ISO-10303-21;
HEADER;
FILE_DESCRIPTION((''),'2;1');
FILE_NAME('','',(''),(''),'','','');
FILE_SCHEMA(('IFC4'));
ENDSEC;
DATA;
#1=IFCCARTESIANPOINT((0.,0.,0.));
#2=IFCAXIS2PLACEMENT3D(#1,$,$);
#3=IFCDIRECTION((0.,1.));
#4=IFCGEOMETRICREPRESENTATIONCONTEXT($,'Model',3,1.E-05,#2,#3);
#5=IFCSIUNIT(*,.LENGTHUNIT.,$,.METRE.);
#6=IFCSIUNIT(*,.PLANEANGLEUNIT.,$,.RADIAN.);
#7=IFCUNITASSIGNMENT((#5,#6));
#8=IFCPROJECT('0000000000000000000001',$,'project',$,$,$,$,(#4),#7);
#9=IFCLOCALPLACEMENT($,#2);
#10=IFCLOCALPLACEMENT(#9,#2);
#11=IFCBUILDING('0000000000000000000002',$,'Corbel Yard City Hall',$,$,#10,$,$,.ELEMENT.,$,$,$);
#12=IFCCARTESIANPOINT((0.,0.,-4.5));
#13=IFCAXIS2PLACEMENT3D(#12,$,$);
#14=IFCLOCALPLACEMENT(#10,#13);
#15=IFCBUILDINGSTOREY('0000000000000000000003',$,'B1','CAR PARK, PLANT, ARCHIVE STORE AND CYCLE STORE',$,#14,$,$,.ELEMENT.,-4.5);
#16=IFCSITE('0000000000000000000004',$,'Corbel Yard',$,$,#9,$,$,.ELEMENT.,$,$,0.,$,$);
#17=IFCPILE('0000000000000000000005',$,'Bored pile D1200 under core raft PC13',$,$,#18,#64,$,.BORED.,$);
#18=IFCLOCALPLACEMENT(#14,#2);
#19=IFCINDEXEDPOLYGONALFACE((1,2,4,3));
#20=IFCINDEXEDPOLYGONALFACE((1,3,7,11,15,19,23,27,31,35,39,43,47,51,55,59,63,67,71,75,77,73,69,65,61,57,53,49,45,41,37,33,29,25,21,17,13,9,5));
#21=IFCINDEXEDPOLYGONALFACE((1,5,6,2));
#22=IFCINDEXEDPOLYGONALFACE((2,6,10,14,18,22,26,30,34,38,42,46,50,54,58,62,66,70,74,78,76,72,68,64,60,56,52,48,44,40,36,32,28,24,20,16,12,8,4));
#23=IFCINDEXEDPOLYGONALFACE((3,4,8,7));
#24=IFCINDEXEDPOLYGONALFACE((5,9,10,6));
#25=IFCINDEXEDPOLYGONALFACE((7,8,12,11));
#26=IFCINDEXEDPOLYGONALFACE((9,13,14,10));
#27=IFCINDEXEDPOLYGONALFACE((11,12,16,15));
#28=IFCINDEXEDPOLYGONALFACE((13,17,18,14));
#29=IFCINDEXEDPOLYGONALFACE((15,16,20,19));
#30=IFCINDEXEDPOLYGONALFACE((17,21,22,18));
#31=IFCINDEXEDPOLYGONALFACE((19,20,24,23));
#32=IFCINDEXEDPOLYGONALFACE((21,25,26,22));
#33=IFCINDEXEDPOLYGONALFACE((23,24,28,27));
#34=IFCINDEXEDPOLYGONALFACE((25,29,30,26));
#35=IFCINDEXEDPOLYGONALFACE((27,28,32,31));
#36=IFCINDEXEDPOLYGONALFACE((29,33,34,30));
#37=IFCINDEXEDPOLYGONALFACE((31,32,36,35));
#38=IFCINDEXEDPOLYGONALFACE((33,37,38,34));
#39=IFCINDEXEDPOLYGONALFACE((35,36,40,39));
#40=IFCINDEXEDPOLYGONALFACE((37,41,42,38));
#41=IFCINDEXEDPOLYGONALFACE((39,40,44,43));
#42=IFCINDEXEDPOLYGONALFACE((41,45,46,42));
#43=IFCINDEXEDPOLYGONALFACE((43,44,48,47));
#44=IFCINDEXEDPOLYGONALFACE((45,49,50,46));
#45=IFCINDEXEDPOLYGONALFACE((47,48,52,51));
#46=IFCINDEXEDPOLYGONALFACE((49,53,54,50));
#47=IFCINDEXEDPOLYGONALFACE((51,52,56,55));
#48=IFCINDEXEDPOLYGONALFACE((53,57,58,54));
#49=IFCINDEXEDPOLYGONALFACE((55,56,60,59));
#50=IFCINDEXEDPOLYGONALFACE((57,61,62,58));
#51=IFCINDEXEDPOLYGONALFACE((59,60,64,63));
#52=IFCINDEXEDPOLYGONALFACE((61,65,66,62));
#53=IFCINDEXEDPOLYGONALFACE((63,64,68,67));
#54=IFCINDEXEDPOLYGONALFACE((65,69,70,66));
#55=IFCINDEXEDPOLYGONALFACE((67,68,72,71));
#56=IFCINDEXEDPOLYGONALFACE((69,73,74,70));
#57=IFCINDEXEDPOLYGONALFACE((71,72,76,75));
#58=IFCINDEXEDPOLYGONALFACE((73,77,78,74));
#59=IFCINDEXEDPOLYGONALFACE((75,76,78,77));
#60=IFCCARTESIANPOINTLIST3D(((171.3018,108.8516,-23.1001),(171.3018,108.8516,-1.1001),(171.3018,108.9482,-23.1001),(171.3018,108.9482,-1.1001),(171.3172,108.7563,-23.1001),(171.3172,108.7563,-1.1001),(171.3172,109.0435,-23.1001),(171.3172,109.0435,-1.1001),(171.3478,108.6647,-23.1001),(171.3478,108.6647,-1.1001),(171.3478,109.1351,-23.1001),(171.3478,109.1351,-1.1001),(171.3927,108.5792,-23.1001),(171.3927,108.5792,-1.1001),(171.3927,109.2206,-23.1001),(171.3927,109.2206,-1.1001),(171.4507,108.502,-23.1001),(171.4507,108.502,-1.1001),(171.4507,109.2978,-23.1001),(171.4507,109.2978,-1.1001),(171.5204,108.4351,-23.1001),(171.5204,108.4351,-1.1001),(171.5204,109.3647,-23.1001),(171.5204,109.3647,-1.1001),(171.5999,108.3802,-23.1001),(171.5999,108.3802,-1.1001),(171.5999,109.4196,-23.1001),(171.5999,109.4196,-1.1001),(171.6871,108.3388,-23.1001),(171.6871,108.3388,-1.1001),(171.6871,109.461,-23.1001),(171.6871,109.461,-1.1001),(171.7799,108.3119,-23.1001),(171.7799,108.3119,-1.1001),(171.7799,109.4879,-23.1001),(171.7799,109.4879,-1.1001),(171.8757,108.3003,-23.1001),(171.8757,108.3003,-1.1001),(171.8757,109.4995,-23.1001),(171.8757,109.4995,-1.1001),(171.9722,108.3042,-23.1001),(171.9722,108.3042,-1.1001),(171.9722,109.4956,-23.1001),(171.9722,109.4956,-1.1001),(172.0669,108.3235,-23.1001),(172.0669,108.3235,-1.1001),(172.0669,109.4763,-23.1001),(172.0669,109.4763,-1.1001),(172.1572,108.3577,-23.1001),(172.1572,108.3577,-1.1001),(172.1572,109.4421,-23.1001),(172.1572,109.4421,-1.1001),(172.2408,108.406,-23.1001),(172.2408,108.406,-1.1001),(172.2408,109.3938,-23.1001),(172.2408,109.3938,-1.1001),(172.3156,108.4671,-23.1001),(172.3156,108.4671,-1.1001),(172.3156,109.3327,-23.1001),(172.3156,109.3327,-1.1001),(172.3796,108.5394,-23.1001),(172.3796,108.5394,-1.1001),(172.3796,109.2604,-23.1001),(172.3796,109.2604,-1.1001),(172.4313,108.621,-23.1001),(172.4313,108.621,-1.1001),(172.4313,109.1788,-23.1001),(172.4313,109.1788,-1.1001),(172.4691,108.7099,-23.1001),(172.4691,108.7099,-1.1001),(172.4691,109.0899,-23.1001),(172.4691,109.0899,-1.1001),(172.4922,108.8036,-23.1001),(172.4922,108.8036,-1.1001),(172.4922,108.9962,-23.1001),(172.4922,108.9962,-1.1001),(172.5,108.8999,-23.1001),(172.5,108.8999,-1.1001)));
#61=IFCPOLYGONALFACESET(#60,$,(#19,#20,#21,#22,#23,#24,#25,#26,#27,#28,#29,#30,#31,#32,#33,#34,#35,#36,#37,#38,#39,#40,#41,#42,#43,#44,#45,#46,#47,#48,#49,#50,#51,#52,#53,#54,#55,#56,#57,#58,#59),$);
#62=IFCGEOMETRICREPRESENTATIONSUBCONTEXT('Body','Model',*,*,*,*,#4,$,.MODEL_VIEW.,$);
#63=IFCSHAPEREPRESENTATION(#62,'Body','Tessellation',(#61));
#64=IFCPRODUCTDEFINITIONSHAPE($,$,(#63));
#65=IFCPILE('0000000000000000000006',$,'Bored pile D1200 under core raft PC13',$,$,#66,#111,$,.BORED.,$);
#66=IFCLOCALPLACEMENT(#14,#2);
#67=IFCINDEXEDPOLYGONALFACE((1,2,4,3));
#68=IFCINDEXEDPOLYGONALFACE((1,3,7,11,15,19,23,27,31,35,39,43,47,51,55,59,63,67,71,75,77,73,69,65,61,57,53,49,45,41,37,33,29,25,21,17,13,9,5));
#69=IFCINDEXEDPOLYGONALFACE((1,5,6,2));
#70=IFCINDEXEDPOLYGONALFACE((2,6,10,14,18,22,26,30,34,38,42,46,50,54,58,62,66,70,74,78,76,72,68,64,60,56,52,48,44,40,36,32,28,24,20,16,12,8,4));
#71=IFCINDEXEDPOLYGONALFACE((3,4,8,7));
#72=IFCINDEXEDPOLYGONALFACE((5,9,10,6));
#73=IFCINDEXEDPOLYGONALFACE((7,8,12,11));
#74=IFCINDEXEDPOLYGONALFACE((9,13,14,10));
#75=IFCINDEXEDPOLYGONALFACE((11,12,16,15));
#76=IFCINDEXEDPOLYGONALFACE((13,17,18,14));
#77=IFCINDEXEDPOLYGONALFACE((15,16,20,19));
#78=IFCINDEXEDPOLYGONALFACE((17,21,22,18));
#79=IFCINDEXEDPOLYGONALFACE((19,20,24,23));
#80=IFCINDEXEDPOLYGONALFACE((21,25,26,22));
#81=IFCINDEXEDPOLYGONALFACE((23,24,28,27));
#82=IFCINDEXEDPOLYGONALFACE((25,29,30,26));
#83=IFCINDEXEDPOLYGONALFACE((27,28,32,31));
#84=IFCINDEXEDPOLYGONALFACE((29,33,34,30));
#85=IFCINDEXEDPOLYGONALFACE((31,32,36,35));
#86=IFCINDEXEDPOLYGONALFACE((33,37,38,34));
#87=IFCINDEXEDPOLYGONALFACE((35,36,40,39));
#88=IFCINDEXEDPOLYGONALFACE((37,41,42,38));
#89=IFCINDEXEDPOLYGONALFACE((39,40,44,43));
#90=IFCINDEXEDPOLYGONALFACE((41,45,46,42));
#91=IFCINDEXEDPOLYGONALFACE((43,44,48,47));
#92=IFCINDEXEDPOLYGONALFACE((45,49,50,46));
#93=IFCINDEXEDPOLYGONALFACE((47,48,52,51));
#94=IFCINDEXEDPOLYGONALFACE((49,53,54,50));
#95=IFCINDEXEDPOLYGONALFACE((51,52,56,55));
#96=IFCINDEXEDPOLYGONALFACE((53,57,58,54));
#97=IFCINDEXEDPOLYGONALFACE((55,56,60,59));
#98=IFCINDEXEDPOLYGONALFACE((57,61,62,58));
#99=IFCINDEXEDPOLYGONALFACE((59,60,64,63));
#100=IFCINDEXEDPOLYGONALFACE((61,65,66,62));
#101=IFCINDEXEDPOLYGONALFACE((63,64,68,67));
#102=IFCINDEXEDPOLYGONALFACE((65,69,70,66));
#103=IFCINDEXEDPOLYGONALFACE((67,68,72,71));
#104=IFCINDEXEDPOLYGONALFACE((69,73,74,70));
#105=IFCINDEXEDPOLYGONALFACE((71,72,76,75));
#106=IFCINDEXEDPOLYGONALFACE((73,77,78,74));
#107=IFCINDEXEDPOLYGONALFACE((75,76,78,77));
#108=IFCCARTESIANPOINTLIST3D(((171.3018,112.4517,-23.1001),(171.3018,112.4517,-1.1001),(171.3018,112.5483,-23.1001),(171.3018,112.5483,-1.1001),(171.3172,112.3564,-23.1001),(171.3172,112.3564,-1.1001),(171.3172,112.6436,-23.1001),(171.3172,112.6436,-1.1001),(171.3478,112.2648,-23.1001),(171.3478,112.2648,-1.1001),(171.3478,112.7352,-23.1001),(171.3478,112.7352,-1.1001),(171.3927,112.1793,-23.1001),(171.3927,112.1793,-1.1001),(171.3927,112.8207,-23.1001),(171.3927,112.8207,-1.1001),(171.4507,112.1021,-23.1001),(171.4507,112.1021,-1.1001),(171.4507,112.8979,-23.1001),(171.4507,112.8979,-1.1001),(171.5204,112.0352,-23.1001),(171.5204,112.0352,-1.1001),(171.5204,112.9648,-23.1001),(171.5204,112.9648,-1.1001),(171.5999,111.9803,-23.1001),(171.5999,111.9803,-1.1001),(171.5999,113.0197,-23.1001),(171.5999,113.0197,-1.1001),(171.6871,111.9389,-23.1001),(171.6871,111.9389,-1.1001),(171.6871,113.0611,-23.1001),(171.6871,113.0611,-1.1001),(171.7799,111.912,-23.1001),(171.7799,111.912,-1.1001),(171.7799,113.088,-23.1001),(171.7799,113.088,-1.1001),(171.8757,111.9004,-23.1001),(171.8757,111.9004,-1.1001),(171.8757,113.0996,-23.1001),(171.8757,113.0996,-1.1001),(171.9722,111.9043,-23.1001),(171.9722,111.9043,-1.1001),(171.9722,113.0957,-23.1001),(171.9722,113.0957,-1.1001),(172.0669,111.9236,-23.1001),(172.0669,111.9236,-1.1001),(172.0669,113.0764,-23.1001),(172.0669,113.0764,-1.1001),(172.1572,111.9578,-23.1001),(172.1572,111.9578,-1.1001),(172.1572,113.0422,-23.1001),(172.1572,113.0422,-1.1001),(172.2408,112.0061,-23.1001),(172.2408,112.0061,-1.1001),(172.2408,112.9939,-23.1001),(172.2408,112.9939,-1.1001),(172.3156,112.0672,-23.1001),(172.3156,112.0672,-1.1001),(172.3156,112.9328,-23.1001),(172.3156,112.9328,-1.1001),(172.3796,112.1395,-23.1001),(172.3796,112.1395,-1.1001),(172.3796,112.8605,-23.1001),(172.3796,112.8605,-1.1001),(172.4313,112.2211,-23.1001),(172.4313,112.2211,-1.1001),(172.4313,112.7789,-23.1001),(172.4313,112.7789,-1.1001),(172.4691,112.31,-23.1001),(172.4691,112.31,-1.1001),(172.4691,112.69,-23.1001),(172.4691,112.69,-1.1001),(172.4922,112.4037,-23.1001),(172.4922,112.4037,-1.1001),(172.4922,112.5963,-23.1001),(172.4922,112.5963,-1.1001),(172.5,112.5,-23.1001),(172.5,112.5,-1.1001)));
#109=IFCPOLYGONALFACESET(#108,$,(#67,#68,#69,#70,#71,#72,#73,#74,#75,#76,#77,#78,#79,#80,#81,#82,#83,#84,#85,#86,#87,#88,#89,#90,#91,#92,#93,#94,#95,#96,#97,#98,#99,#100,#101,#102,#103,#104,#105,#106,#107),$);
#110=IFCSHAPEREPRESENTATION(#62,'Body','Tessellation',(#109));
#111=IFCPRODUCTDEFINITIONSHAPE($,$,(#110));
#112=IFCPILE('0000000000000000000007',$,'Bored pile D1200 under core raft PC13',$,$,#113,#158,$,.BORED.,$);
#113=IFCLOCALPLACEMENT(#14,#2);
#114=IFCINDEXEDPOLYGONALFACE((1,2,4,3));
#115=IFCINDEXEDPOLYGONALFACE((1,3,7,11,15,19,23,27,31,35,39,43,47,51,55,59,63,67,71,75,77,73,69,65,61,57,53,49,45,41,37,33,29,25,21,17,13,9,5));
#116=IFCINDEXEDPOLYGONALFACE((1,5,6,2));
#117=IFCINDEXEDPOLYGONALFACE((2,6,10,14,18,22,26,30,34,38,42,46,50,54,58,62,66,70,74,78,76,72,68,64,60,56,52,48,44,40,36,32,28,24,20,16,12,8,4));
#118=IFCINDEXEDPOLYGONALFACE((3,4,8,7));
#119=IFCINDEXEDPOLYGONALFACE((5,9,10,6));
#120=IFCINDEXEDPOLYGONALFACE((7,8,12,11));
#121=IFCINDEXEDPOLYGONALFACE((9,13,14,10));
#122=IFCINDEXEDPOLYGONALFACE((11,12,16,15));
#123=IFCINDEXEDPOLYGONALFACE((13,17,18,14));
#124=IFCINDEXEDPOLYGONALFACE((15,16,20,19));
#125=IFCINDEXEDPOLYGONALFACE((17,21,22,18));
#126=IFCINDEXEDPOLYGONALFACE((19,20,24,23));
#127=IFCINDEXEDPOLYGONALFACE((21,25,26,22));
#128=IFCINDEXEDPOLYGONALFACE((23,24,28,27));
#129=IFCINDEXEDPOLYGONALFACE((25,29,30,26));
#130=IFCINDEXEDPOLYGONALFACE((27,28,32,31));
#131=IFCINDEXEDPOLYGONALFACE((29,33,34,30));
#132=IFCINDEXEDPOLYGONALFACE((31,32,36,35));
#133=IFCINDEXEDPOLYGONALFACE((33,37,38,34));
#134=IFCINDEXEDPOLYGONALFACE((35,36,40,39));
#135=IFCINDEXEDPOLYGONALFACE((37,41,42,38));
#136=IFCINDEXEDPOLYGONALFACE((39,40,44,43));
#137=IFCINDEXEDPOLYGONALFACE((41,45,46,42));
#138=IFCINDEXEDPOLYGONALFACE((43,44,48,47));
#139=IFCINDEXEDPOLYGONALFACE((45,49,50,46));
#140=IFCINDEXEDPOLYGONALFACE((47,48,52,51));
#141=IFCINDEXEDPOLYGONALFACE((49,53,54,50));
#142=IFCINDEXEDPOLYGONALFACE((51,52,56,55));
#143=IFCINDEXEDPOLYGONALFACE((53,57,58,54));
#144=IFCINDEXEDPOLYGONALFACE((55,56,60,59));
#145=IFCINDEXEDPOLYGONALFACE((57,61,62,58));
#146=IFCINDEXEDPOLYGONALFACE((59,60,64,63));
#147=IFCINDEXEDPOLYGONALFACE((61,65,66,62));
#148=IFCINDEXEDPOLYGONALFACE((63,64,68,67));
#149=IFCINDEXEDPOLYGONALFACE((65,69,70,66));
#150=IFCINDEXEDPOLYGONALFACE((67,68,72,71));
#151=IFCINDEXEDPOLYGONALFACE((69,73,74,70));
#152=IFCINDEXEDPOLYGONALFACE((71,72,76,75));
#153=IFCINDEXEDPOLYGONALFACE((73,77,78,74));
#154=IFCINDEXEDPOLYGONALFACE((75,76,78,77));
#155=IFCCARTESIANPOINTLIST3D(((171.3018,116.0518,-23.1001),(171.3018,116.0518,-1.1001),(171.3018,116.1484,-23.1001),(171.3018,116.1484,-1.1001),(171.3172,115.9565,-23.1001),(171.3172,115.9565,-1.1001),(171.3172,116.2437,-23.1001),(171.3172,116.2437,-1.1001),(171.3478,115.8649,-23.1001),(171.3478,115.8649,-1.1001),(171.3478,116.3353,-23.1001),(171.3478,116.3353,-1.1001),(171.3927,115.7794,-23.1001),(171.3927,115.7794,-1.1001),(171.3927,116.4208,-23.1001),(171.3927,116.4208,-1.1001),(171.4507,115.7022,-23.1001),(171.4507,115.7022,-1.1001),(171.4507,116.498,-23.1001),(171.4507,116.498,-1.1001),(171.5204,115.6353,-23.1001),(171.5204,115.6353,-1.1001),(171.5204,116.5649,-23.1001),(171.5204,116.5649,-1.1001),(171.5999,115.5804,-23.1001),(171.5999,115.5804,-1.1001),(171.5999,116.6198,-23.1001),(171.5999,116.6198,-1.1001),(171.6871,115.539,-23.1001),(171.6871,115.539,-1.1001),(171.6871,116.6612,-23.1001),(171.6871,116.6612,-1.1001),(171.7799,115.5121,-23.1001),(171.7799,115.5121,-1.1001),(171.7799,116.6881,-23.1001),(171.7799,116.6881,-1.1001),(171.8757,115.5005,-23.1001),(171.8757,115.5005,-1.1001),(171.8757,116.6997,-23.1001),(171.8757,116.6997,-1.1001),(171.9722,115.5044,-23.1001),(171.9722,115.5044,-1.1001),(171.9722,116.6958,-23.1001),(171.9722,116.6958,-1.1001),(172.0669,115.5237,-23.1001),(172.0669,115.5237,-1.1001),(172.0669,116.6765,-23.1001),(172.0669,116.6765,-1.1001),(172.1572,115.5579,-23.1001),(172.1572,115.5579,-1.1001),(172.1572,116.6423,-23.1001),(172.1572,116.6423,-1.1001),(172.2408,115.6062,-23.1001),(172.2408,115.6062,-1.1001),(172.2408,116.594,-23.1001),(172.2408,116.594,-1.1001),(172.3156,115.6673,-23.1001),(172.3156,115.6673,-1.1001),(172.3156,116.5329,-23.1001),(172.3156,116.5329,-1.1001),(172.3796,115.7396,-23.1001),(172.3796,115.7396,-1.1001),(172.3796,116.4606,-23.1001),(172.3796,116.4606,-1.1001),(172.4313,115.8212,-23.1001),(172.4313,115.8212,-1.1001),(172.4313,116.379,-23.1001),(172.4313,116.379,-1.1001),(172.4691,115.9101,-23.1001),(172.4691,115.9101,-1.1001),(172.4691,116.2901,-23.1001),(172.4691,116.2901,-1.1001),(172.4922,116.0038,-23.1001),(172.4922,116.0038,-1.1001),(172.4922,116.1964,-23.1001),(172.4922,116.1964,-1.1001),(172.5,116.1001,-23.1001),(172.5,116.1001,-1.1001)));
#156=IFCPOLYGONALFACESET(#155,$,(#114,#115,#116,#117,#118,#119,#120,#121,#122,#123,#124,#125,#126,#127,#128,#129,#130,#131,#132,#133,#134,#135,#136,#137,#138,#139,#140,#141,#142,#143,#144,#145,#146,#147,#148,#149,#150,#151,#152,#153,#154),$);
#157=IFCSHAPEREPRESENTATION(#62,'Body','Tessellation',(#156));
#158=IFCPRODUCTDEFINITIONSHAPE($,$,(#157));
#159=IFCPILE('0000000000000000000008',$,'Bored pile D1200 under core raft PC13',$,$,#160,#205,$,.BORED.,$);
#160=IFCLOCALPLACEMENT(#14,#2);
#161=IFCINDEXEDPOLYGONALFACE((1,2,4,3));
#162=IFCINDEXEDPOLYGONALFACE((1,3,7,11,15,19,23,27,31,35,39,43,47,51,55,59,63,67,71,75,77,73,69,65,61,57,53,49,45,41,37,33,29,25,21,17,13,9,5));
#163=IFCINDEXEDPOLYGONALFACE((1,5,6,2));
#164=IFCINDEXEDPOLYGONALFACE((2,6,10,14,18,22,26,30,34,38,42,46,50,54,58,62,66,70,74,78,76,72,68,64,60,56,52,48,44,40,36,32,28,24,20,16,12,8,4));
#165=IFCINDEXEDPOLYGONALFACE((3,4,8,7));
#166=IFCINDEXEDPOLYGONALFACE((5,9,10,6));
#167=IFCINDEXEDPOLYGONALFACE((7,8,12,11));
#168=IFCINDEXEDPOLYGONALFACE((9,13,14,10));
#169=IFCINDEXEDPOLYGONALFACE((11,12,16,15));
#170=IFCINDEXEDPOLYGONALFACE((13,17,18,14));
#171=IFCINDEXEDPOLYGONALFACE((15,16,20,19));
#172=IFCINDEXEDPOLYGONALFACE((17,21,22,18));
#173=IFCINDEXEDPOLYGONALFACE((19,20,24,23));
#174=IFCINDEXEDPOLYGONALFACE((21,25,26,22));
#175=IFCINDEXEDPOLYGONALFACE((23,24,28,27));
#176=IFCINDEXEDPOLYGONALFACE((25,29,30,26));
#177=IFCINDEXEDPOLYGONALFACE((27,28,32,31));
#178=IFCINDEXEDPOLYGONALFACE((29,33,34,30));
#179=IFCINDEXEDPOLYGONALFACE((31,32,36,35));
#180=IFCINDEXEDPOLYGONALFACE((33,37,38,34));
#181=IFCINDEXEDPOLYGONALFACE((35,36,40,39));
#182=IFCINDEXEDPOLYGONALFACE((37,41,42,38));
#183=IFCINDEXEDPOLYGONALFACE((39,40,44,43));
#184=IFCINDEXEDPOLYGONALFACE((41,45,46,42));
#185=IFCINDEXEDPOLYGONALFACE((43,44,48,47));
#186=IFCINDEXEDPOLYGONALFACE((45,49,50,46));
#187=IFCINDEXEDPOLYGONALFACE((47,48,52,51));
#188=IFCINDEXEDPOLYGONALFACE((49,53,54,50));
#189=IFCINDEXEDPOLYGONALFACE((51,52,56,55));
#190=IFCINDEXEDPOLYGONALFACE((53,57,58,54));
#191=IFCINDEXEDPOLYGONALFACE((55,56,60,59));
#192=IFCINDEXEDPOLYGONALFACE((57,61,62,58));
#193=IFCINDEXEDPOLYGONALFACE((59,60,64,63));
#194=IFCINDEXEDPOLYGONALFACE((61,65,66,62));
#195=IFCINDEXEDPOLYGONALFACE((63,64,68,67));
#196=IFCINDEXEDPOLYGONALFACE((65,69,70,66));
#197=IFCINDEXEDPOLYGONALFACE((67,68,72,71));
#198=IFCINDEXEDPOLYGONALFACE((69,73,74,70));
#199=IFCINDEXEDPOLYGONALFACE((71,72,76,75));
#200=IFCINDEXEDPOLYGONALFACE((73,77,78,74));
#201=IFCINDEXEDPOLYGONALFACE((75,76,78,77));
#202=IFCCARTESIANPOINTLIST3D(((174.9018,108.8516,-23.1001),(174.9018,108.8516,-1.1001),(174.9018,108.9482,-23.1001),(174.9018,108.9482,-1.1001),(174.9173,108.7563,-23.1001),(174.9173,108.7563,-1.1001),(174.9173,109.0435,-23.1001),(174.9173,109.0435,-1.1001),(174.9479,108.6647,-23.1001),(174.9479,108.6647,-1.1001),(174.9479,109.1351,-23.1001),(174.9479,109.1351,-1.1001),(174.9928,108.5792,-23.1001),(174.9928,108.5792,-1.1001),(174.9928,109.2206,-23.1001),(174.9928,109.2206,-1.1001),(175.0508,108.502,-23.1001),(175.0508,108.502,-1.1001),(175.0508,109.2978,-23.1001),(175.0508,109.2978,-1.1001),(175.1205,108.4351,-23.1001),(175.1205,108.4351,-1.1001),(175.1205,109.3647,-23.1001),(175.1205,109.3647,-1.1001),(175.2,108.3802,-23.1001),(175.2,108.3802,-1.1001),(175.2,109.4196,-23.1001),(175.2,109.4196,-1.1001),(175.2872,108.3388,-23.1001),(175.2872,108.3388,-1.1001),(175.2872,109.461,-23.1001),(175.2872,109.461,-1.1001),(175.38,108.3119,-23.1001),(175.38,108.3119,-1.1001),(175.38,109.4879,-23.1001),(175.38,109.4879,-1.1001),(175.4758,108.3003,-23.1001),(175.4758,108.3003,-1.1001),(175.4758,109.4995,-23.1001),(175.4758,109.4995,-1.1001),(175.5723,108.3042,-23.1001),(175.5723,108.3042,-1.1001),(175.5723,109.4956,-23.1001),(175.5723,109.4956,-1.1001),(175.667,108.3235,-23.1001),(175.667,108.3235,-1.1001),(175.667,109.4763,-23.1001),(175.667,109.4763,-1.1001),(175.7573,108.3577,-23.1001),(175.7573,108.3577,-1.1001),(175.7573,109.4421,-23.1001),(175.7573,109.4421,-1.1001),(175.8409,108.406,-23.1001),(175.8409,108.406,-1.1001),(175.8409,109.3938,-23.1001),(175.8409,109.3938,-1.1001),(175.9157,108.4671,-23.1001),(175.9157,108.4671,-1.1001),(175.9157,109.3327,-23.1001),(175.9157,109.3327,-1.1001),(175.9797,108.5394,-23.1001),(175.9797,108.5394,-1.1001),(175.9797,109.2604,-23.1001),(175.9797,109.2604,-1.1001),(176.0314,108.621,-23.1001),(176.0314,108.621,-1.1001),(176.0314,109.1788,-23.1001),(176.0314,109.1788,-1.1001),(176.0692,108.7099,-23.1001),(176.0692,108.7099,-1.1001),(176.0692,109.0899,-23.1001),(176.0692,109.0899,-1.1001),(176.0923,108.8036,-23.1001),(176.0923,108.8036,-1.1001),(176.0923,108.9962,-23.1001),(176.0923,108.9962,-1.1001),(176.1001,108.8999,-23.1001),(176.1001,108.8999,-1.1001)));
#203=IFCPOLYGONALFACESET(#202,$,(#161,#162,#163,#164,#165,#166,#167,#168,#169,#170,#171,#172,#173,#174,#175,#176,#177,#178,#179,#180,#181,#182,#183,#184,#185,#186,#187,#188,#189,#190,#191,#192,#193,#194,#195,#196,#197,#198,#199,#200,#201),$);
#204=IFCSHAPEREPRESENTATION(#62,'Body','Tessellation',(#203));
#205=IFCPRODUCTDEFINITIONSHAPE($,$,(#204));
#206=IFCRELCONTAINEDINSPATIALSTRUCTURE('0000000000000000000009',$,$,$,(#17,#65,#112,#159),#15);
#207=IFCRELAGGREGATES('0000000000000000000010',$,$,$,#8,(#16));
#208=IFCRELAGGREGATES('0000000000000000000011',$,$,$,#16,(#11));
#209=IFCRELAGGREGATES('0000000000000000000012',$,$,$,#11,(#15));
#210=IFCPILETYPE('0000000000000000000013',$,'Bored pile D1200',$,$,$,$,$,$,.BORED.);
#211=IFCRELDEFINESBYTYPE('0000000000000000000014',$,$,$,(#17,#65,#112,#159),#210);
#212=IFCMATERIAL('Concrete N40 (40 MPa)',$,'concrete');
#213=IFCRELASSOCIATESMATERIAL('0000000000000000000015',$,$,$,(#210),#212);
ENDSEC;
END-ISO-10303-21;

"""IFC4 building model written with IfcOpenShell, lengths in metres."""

from ifc_helpers import new_model, si_unit, direction, frame, origin, origin_2d, place, context, subcontext, project, spatial, circle, extrude, material, material_profile, profile_set, type_object, element, save


model = new_model("IFC4")

# Units and contexts
model_context = context("Model", 3, precision=1e-05, world=origin(), true_north=direction((0.0, 1.0)))
body_context = subcontext(model_context, "Body", "Model", "MODEL_VIEW")
ifc_project = project(units=[si_unit("LENGTHUNIT", "METRE"), si_unit("PLANEANGLEUNIT", "RADIAN")], contexts=[model_context])

# Site, building, storey
site_placement = place(None, origin())
site = spatial("IfcSite", under=ifc_project, at=site_placement, Name="Corbel Yard", CompositionType="ELEMENT", RefElevation=0.0)
building_placement = place(site_placement, origin())
building = spatial("IfcBuilding", under=site, at=building_placement, Name="Corbel Yard City Hall", CompositionType="ELEMENT")
storey_placement = place(building_placement, frame((0.0, 0.0, -4.5)))
storey = spatial("IfcBuildingStorey", under=building, at=storey_placement, Name="B1", Description="CAR PARK, PLANT, ARCHIVE STORE AND CYCLE STORE", CompositionType="ELEMENT", Elevation=-4.5)

# Piles
ifc_material_1 = material(Name="Concrete N40 (40 MPa)", Category="concrete")
ifc_material_profile = material_profile(ifc_material_1, circle(Radius=0.6001, at=origin_2d()), Name="D1200")
ifc_profile_set = profile_set([ifc_material_profile], Name="Concrete N40 (40 MPa)")
pile_type = type_object("IfcPileType", Name="Bored pile D1200", PredefinedType="BORED", material=ifc_profile_set)
for number, where, z_axis, x_axis, name in (
    (1, (171.8999, 108.8999, -1.1001), (0.0, 0.0, -1.0), (1.0, 0.0, 0.0), "Bored pile D1200 under core raft PC13"),
    (2, (171.8999, 112.5, -1.1001), (0.0, 0.0, -1.0), (1.0, 0.0, 0.0), "Bored pile D1200 under core raft PC13"),
    (3, (171.8999, 116.1001, -1.1001), (0.0, 0.0, -1.0), (1.0, 0.0, 0.0), "Bored pile D1200 under core raft PC13"),
    (4, (175.5, 108.8999, -1.1001), (0.0, 0.0, -1.0), (1.0, 0.0, 0.0), "Bored pile D1200 under core raft PC13"),
):
    element("IfcPile", number, at=place(storey_placement, frame(where, z_axis=z_axis, x_axis=x_axis)), inside=storey, type_object=pile_type, Name=name, PredefinedType="BORED", context=body_context, shape_type="SweptSolid", body=[
        extrude(circle(Radius=0.6001, at=origin_2d()), origin(), (0.0, 0.0, 1.0), 22.0),
    ])

save(model, "model.ifc")
